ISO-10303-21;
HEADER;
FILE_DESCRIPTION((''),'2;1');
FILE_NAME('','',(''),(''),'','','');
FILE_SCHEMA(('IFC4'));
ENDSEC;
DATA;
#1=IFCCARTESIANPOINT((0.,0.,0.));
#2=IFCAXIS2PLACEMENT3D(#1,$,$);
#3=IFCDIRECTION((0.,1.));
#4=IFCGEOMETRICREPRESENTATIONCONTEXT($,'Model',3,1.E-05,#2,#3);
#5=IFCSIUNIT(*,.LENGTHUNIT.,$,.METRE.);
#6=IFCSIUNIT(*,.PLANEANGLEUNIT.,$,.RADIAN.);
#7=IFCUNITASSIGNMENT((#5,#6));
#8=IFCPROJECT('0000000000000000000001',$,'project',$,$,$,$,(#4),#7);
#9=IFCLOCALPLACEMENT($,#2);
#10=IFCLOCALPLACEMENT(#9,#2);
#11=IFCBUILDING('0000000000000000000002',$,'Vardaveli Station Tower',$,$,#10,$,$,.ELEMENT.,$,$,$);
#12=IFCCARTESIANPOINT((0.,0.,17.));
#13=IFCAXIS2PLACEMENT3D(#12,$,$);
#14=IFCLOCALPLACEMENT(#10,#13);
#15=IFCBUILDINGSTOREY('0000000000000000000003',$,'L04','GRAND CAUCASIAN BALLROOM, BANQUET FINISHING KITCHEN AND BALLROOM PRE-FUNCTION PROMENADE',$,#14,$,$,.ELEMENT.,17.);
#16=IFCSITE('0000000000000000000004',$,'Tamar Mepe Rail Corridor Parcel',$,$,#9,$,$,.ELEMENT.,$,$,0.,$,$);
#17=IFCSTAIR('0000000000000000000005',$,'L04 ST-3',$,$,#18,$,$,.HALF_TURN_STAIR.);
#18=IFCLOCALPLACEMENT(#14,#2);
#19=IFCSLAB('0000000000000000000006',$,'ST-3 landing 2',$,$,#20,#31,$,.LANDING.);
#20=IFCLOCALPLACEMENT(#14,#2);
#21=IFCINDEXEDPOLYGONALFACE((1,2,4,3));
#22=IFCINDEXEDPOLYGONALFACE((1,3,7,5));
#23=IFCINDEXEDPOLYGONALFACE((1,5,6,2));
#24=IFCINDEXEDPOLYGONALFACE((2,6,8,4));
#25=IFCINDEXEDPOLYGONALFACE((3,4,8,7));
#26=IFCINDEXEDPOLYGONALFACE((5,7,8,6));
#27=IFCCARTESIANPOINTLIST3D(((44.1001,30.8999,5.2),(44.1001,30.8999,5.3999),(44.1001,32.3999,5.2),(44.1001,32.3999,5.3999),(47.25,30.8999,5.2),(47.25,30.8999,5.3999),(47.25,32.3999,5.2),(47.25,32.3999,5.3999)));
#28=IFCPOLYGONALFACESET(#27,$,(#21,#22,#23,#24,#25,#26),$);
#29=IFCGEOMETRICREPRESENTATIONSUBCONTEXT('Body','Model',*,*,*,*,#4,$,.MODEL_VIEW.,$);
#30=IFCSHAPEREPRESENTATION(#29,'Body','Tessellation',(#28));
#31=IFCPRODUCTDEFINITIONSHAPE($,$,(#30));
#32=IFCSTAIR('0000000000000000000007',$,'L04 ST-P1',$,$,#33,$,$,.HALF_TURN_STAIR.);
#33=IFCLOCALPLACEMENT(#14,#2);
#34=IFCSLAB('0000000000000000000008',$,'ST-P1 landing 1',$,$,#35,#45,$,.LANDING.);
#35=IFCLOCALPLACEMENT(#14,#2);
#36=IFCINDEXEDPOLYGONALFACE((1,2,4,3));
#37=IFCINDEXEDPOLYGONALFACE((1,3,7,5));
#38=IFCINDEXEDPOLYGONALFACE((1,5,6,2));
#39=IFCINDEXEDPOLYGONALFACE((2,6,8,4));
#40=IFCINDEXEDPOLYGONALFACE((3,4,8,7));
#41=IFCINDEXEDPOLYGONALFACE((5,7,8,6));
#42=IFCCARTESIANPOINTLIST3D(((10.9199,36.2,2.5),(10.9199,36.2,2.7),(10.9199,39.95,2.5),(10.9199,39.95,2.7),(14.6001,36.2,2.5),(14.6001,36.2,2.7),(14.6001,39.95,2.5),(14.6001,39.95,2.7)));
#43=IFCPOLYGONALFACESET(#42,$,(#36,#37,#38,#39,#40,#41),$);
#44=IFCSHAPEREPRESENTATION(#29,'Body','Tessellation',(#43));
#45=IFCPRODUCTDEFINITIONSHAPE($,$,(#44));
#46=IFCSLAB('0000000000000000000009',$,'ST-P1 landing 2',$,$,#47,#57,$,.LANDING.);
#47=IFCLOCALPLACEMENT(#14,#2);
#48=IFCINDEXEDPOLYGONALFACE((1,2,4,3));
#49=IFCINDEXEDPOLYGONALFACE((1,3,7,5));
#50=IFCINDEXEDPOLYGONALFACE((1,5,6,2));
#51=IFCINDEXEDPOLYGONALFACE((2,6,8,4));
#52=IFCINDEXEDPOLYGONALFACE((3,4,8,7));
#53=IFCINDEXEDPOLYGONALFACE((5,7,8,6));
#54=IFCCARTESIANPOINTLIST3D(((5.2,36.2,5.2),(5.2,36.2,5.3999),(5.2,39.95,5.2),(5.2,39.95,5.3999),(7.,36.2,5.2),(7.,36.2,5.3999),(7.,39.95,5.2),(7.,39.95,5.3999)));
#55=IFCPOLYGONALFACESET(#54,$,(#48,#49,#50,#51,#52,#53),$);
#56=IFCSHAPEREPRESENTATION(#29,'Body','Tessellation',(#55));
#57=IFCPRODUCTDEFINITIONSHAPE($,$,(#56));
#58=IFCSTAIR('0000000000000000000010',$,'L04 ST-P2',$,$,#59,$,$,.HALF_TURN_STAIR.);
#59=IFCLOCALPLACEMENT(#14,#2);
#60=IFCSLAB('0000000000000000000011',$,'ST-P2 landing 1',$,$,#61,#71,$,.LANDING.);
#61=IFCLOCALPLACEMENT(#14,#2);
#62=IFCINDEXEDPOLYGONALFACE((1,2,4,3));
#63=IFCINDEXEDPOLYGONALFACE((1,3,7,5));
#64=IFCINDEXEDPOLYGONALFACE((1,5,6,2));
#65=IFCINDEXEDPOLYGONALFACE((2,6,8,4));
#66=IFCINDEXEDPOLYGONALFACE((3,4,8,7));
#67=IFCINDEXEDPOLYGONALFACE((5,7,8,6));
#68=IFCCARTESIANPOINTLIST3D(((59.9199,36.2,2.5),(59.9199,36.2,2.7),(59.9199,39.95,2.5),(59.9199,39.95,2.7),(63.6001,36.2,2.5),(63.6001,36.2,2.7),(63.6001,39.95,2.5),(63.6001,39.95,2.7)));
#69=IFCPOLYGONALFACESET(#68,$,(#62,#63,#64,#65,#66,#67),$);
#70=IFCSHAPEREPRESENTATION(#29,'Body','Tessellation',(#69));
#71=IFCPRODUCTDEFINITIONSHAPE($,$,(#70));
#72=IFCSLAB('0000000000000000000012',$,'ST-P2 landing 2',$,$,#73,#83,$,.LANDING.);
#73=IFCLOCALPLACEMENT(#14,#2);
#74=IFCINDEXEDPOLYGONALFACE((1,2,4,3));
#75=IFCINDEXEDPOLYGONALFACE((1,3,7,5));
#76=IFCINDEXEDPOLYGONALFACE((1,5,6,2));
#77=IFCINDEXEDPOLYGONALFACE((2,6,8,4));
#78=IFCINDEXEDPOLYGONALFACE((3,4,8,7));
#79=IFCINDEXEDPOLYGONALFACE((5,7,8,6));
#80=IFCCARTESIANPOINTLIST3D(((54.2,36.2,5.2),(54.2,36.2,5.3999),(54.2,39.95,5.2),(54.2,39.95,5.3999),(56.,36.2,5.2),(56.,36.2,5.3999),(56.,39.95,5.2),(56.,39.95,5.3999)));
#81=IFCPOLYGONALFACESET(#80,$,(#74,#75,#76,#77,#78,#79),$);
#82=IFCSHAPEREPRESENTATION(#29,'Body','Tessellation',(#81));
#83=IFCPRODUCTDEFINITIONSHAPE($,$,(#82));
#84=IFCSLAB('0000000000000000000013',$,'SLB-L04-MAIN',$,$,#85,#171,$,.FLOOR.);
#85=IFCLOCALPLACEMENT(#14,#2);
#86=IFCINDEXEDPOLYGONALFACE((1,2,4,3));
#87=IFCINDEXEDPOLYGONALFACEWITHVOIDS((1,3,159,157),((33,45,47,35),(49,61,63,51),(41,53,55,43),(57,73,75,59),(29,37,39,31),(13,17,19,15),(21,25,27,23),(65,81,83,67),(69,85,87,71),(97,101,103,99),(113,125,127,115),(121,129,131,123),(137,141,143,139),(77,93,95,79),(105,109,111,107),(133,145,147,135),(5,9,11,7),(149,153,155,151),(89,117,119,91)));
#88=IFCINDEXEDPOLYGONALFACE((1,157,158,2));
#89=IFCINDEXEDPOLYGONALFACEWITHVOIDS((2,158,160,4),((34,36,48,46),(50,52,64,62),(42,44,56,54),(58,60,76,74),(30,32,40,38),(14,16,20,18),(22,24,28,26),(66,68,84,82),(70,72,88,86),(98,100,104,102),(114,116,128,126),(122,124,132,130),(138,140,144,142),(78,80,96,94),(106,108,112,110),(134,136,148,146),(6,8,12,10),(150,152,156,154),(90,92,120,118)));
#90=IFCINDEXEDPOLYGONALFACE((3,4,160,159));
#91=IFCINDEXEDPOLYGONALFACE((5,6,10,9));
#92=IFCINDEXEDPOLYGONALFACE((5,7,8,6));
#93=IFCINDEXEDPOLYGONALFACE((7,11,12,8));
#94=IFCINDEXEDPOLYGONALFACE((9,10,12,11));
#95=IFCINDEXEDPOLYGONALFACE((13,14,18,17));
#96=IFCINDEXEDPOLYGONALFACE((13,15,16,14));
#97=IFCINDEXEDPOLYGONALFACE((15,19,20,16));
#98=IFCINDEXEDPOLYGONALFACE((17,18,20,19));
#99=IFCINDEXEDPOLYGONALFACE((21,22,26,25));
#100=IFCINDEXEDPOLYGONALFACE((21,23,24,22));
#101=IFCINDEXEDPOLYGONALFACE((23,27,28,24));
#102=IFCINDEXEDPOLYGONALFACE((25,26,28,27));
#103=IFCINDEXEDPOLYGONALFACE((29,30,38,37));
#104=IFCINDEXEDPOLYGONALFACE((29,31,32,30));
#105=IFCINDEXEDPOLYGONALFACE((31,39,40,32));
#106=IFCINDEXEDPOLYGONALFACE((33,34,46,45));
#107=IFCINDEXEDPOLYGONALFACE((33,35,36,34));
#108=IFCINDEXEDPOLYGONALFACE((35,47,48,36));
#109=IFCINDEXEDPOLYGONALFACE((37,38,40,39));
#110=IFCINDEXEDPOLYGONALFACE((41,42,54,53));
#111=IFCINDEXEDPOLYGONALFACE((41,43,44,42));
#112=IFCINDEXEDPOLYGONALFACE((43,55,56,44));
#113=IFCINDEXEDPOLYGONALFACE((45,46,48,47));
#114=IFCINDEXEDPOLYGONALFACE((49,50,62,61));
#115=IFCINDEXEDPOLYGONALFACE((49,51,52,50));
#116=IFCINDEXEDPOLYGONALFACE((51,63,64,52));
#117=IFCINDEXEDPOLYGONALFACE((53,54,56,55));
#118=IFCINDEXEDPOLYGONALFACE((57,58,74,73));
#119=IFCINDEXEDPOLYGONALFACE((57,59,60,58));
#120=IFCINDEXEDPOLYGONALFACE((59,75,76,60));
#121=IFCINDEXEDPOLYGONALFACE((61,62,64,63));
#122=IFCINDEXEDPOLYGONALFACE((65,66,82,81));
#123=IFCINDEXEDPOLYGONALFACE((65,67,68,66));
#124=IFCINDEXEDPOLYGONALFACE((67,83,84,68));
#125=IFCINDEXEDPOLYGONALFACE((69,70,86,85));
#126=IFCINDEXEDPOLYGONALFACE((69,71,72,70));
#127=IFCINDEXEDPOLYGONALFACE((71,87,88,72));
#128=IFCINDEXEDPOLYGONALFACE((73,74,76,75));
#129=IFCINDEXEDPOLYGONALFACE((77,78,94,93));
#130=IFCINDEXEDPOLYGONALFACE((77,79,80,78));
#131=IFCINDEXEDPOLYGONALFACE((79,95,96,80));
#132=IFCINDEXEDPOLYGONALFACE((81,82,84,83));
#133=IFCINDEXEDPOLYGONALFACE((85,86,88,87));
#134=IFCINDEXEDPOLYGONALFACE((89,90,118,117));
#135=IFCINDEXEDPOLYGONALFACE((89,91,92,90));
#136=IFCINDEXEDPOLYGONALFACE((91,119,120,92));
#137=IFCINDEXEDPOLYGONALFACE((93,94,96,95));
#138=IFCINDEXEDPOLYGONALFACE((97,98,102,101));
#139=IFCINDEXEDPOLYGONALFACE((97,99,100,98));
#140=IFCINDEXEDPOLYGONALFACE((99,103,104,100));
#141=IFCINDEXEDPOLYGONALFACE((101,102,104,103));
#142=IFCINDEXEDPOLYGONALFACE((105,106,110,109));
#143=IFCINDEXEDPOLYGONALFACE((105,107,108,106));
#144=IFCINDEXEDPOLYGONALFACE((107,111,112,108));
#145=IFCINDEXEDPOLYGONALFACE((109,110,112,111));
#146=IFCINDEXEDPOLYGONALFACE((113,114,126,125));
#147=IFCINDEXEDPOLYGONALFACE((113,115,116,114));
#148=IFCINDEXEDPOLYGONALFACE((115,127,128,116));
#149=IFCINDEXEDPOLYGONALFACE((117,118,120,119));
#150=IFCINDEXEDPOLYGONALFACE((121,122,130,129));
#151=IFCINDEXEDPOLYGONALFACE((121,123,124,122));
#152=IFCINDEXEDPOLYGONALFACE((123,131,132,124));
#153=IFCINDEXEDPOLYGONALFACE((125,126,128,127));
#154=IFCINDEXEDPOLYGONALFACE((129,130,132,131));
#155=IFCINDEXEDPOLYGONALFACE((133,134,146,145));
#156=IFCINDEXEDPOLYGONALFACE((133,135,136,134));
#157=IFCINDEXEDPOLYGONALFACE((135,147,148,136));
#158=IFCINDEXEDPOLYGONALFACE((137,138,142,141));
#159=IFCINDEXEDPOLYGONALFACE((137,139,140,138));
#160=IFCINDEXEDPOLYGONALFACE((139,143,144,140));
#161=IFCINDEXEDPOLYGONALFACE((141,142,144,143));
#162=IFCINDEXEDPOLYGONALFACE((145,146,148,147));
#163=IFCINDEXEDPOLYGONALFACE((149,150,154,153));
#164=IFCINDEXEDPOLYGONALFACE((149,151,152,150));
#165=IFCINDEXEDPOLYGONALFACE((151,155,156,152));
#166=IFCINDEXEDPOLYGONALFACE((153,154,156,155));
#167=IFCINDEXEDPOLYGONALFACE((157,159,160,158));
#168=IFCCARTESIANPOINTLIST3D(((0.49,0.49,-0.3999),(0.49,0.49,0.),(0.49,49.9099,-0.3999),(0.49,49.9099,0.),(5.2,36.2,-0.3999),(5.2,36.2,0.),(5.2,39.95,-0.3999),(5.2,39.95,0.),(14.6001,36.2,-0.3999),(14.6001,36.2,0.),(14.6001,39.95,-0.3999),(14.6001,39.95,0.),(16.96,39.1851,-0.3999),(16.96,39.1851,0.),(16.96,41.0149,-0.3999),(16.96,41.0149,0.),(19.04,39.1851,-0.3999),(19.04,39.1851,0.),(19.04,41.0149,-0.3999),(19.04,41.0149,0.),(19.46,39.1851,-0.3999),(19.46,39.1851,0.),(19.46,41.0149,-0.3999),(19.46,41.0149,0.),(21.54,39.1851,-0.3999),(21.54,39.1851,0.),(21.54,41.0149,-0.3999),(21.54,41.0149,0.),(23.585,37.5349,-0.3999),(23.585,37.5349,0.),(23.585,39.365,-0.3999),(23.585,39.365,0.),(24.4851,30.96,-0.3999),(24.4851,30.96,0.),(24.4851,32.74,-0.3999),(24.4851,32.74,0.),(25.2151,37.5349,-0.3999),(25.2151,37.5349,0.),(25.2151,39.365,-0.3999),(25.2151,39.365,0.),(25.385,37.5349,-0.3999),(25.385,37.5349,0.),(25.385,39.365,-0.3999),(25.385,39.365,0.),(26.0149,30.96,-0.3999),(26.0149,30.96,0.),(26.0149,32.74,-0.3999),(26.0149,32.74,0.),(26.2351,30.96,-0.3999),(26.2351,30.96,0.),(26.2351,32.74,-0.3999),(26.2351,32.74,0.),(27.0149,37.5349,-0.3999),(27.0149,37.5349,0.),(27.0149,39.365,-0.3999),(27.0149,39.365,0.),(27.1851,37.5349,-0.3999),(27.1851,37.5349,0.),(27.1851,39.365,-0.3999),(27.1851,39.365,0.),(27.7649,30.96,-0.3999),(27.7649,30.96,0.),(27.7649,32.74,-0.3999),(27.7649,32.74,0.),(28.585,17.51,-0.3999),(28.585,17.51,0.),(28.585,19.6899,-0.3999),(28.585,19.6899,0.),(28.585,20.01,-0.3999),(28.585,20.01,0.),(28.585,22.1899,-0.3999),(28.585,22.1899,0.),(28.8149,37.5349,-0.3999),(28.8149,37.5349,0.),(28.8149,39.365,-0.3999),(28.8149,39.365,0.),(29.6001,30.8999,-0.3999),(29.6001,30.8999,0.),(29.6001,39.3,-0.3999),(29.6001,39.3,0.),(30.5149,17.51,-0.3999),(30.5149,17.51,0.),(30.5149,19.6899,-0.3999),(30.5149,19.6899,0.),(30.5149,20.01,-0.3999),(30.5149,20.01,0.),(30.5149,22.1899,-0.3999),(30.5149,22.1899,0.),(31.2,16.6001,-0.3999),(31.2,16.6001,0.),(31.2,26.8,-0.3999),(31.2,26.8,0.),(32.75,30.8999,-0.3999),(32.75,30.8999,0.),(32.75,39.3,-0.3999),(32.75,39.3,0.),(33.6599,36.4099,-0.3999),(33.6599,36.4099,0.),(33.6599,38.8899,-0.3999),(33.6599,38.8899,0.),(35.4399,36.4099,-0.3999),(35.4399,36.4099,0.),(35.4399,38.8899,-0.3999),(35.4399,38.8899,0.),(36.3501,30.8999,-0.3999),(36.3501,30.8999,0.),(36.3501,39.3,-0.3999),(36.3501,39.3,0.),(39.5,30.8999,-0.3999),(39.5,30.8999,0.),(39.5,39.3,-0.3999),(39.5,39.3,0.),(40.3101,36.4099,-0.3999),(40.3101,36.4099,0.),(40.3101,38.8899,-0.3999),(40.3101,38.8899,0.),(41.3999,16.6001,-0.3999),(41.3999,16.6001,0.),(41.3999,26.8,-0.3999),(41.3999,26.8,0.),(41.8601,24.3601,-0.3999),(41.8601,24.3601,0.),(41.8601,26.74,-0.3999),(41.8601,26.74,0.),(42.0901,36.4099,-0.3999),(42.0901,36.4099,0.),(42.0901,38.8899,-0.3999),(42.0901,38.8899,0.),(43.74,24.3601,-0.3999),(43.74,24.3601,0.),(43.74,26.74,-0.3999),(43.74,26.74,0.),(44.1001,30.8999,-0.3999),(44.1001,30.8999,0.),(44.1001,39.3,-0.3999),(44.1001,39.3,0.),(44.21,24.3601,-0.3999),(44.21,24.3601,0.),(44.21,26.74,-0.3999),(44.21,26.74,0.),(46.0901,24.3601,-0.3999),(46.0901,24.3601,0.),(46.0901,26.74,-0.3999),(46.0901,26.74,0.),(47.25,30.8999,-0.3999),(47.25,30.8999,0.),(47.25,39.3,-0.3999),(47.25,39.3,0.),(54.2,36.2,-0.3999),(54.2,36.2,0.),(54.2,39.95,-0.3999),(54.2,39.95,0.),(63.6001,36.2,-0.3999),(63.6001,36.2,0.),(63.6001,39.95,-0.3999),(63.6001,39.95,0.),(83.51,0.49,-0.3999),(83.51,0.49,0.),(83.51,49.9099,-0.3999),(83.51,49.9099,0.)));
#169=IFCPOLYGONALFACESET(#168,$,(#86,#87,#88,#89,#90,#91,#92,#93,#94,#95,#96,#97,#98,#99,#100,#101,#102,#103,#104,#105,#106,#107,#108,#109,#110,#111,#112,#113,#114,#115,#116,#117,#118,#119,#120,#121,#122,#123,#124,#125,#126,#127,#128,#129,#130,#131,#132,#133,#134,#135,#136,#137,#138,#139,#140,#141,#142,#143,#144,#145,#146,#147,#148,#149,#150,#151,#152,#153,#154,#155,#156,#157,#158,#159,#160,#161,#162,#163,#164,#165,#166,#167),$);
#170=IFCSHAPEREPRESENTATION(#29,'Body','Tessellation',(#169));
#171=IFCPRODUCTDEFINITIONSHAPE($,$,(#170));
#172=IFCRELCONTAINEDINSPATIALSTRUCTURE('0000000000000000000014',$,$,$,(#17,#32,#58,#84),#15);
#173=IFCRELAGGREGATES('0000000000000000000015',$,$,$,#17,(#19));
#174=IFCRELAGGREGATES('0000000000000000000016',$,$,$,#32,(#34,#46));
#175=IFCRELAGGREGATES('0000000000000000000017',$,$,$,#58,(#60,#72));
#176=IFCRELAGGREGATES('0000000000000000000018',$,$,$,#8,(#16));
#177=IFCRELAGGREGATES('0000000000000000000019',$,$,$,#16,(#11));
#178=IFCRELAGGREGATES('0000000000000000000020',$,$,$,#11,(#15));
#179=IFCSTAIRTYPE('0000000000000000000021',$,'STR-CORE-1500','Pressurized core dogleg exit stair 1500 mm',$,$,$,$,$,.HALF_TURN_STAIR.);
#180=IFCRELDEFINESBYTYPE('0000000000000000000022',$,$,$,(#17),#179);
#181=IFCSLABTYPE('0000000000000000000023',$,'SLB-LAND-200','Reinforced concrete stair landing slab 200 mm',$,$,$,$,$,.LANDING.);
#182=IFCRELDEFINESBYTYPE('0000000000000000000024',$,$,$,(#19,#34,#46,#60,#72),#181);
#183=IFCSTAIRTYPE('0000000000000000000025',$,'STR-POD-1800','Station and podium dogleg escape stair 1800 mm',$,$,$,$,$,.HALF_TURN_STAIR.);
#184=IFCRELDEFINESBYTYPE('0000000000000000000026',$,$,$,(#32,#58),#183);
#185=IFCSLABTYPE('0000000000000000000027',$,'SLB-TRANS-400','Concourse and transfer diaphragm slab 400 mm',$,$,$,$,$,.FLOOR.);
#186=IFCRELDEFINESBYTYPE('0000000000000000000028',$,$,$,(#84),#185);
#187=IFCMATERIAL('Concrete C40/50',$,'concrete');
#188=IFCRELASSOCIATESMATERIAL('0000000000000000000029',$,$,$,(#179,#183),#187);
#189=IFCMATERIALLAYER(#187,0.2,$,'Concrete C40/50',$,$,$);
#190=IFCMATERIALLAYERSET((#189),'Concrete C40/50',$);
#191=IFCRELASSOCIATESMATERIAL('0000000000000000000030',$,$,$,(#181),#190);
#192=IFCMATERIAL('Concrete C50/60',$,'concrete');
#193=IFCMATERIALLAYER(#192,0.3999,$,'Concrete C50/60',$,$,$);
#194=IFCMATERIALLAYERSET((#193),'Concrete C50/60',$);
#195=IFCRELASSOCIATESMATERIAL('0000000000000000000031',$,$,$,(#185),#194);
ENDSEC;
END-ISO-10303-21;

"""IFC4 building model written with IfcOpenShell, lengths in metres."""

from ifc_helpers import new_model, si_unit, direction, frame, origin, place, context, subcontext, project, spatial, polyline, outline, extrude, material, layer, layer_set, type_object, element, aggregate, save


model = new_model("IFC4")

# Units and contexts
model_context = context("Model", 3, precision=1e-05, world=origin(), true_north=direction((0.0, 1.0)))
body_context = subcontext(model_context, "Body", "Model", "MODEL_VIEW")
ifc_project = project(units=[si_unit("LENGTHUNIT", "METRE"), si_unit("PLANEANGLEUNIT", "RADIAN")], contexts=[model_context])

# Site, building, storey
site_placement = place(None, origin())
site = spatial("IfcSite", under=ifc_project, at=site_placement, Name="Tamar Mepe Rail Corridor Parcel", CompositionType="ELEMENT", RefElevation=0.0)
building_placement = place(site_placement, origin())
building = spatial("IfcBuilding", under=site, at=building_placement, Name="Vardaveli Station Tower", CompositionType="ELEMENT")
storey_placement = place(building_placement, frame((0.0, 0.0, 17.0)))
storey = spatial("IfcBuildingStorey", under=building, at=storey_placement, Name="L04", Description="GRAND CAUCASIAN BALLROOM, BANQUET FINISHING KITCHEN AND BALLROOM PRE-FUNCTION PROMENADE", CompositionType="ELEMENT", Elevation=17.0)

# Stairs, slabs
ifc_material_1 = material(Name="Concrete C40/50", Category="concrete")
stair_type_1 = type_object("IfcStairType", Name="STR-CORE-1500", Description="Pressurized core dogleg exit stair 1500 mm", PredefinedType="HALF_TURN_STAIR", material=ifc_material_1)
ifc_layer_1 = layer(ifc_material_1, 0.2, Name="Concrete C40/50")
ifc_layer_set_1 = layer_set([ifc_layer_1], Name="Concrete C40/50")
slab_type_1 = type_object("IfcSlabType", Name="SLB-LAND-200", Description="Reinforced concrete stair landing slab 200 mm", PredefinedType="LANDING", material=ifc_layer_set_1)
stair_1_placement = place(storey_placement, origin())
stair_1 = element("IfcStair", 1, at=stair_1_placement, inside=storey, type_object=stair_type_1, Name="L04 ST-3", PredefinedType="HALF_TURN_STAIR")
slab_1_placement = place(storey_placement, frame((0.0, 0.0, 5.2)))
slab_1 = element("IfcSlab", 2, at=slab_1_placement, type_object=slab_type_1, Name="ST-3 landing 2", PredefinedType="LANDING", context=body_context, shape_type="SweptSolid", body=[
    extrude(outline(polyline([(47.25, 30.8999), (47.25, 32.3999), (44.1001, 32.3999), (44.1001, 30.8999), (47.25, 30.8999)])), origin(), (0.0, 0.0, 1.0), 0.2),
])
aggregate(stair_1, [slab_1])
stair_type_2 = type_object("IfcStairType", Name="STR-POD-1800", Description="Station and podium dogleg escape stair 1800 mm", PredefinedType="HALF_TURN_STAIR", material=ifc_material_1)
stair_2_placement = place(storey_placement, origin())
stair_2 = element("IfcStair", 3, at=stair_2_placement, inside=storey, type_object=stair_type_2, Name="L04 ST-P1", PredefinedType="HALF_TURN_STAIR")
slab_2_placement = place(storey_placement, frame((0.0, 0.0, 2.5)))
slab_2 = element("IfcSlab", 4, at=slab_2_placement, type_object=slab_type_1, Name="ST-P1 landing 1", PredefinedType="LANDING", context=body_context, shape_type="SweptSolid", body=[
    extrude(outline(polyline([(10.9199, 36.2), (14.6001, 36.2), (14.6001, 39.95), (10.9199, 39.95), (10.9199, 36.2)])), origin(), (0.0, 0.0, 1.0), 0.2),
])
slab_3_placement = place(storey_placement, frame((0.0, 0.0, 5.2)))
slab_3 = element("IfcSlab", 5, at=slab_3_placement, type_object=slab_type_1, Name="ST-P1 landing 2", PredefinedType="LANDING", context=body_context, shape_type="SweptSolid", body=[
    extrude(outline(polyline([(5.2, 36.2), (7.0, 36.2), (7.0, 39.95), (5.2, 39.95), (5.2, 36.2)])), origin(), (0.0, 0.0, 1.0), 0.2),
])
aggregate(stair_2, [slab_2, slab_3])
stair_3_placement = place(storey_placement, origin())
stair_3 = element("IfcStair", 6, at=stair_3_placement, inside=storey, type_object=stair_type_2, Name="L04 ST-P2", PredefinedType="HALF_TURN_STAIR")
slab_4_placement = place(storey_placement, frame((0.0, 0.0, 2.5)))
slab_4 = element("IfcSlab", 7, at=slab_4_placement, type_object=slab_type_1, Name="ST-P2 landing 1", PredefinedType="LANDING", context=body_context, shape_type="SweptSolid", body=[
    extrude(outline(polyline([(59.9199, 36.2), (63.6001, 36.2), (63.6001, 39.95), (59.9199, 39.95), (59.9199, 36.2)])), origin(), (0.0, 0.0, 1.0), 0.2),
])
slab_5_placement = place(storey_placement, frame((0.0, 0.0, 5.2)))
slab_5 = element("IfcSlab", 8, at=slab_5_placement, type_object=slab_type_1, Name="ST-P2 landing 2", PredefinedType="LANDING", context=body_context, shape_type="SweptSolid", body=[
    extrude(outline(polyline([(54.2, 36.2), (56.0, 36.2), (56.0, 39.95), (54.2, 39.95), (54.2, 36.2)])), origin(), (0.0, 0.0, 1.0), 0.2),
])
aggregate(stair_3, [slab_4, slab_5])

# Slab
ifc_material_2 = material(Name="Concrete C50/60", Category="concrete")
ifc_layer_2 = layer(ifc_material_2, 0.3999, Name="Concrete C50/60")
ifc_layer_set_2 = layer_set([ifc_layer_2], Name="Concrete C50/60")
slab_type_2 = type_object("IfcSlabType", Name="SLB-TRANS-400", Description="Concourse and transfer diaphragm slab 400 mm", PredefinedType="FLOOR", material=ifc_layer_set_2)
slab_6_placement = place(storey_placement, frame((0.0, 0.0, -0.3999)))
element("IfcSlab", 9, at=slab_6_placement, inside=storey, type_object=slab_type_2, Name="SLB-L04-MAIN", PredefinedType="FLOOR", context=body_context, shape_type="SweptSolid", body=[
    extrude(outline(polyline([(0.49, 0.49), (83.51, 0.49), (83.51, 49.9099), (0.49, 49.9099), (0.49, 0.49)]), holes=[polyline([(31.2, 16.6001), (41.3999, 16.6001), (41.3999, 26.8), (31.2, 26.8), (31.2, 16.6001)]), polyline([(32.75, 30.8999), (32.75, 39.3), (29.6001, 39.3), (29.6001, 30.8999), (32.75, 30.8999)]), polyline([(39.5, 30.8999), (39.5, 39.3), (36.3501, 39.3), (36.3501, 30.8999), (39.5, 30.8999)]), polyline([(47.25, 30.8999), (47.25, 39.3), (44.1001, 39.3), (44.1001, 30.8999), (47.25, 30.8999)]), polyline([(5.2, 36.2), (14.6001, 36.2), (14.6001, 39.95), (5.2, 39.95), (5.2, 36.2)]), polyline([(54.2, 36.2), (63.6001, 36.2), (63.6001, 39.95), (54.2, 39.95), (54.2, 36.2)]), polyline([(16.96, 39.1851), (19.04, 39.1851), (19.04, 41.0149), (16.96, 41.0149), (16.96, 39.1851)]), polyline([(19.46, 39.1851), (21.54, 39.1851), (21.54, 41.0149), (19.46, 41.0149), (19.46, 39.1851)]), polyline([(23.585, 37.5349), (25.2151, 37.5349), (25.2151, 39.365), (23.585, 39.365), (23.585, 37.5349)]), polyline([(25.385, 37.5349), (27.0149, 37.5349), (27.0149, 39.365), (25.385, 39.365), (25.385, 37.5349)]), polyline([(27.1851, 37.5349), (28.8149, 37.5349), (28.8149, 39.365), (27.1851, 39.365), (27.1851, 37.5349)]), polyline([(33.6599, 36.4099), (35.4399, 36.4099), (35.4399, 38.8899), (33.6599, 38.8899), (33.6599, 36.4099)]), polyline([(40.3101, 36.4099), (42.0901, 36.4099), (42.0901, 38.8899), (40.3101, 38.8899), (40.3101, 36.4099)]), polyline([(24.4851, 30.96), (26.0149, 30.96), (26.0149, 32.74), (24.4851, 32.74), (24.4851, 30.96)]), polyline([(26.2351, 30.96), (27.7649, 30.96), (27.7649, 32.74), (26.2351, 32.74), (26.2351, 30.96)]), polyline([(28.585, 17.51), (30.5149, 17.51), (30.5149, 19.6899), (28.585, 19.6899), (28.585, 17.51)]), polyline([(28.585, 20.01), (30.5149, 20.01), (30.5149, 22.1899), (28.585, 22.1899), (28.585, 20.01)]), polyline([(41.8601, 24.3601), (43.74, 24.3601), (43.74, 26.74), (41.8601, 26.74), (41.8601, 24.3601)]), polyline([(44.21, 24.3601), (46.0901, 24.3601), (46.0901, 26.74), (44.21, 26.74), (44.21, 24.3601)])]), origin(), (0.0, 0.0, 1.0), 0.3999),
])

save(model, "model.ifc")
